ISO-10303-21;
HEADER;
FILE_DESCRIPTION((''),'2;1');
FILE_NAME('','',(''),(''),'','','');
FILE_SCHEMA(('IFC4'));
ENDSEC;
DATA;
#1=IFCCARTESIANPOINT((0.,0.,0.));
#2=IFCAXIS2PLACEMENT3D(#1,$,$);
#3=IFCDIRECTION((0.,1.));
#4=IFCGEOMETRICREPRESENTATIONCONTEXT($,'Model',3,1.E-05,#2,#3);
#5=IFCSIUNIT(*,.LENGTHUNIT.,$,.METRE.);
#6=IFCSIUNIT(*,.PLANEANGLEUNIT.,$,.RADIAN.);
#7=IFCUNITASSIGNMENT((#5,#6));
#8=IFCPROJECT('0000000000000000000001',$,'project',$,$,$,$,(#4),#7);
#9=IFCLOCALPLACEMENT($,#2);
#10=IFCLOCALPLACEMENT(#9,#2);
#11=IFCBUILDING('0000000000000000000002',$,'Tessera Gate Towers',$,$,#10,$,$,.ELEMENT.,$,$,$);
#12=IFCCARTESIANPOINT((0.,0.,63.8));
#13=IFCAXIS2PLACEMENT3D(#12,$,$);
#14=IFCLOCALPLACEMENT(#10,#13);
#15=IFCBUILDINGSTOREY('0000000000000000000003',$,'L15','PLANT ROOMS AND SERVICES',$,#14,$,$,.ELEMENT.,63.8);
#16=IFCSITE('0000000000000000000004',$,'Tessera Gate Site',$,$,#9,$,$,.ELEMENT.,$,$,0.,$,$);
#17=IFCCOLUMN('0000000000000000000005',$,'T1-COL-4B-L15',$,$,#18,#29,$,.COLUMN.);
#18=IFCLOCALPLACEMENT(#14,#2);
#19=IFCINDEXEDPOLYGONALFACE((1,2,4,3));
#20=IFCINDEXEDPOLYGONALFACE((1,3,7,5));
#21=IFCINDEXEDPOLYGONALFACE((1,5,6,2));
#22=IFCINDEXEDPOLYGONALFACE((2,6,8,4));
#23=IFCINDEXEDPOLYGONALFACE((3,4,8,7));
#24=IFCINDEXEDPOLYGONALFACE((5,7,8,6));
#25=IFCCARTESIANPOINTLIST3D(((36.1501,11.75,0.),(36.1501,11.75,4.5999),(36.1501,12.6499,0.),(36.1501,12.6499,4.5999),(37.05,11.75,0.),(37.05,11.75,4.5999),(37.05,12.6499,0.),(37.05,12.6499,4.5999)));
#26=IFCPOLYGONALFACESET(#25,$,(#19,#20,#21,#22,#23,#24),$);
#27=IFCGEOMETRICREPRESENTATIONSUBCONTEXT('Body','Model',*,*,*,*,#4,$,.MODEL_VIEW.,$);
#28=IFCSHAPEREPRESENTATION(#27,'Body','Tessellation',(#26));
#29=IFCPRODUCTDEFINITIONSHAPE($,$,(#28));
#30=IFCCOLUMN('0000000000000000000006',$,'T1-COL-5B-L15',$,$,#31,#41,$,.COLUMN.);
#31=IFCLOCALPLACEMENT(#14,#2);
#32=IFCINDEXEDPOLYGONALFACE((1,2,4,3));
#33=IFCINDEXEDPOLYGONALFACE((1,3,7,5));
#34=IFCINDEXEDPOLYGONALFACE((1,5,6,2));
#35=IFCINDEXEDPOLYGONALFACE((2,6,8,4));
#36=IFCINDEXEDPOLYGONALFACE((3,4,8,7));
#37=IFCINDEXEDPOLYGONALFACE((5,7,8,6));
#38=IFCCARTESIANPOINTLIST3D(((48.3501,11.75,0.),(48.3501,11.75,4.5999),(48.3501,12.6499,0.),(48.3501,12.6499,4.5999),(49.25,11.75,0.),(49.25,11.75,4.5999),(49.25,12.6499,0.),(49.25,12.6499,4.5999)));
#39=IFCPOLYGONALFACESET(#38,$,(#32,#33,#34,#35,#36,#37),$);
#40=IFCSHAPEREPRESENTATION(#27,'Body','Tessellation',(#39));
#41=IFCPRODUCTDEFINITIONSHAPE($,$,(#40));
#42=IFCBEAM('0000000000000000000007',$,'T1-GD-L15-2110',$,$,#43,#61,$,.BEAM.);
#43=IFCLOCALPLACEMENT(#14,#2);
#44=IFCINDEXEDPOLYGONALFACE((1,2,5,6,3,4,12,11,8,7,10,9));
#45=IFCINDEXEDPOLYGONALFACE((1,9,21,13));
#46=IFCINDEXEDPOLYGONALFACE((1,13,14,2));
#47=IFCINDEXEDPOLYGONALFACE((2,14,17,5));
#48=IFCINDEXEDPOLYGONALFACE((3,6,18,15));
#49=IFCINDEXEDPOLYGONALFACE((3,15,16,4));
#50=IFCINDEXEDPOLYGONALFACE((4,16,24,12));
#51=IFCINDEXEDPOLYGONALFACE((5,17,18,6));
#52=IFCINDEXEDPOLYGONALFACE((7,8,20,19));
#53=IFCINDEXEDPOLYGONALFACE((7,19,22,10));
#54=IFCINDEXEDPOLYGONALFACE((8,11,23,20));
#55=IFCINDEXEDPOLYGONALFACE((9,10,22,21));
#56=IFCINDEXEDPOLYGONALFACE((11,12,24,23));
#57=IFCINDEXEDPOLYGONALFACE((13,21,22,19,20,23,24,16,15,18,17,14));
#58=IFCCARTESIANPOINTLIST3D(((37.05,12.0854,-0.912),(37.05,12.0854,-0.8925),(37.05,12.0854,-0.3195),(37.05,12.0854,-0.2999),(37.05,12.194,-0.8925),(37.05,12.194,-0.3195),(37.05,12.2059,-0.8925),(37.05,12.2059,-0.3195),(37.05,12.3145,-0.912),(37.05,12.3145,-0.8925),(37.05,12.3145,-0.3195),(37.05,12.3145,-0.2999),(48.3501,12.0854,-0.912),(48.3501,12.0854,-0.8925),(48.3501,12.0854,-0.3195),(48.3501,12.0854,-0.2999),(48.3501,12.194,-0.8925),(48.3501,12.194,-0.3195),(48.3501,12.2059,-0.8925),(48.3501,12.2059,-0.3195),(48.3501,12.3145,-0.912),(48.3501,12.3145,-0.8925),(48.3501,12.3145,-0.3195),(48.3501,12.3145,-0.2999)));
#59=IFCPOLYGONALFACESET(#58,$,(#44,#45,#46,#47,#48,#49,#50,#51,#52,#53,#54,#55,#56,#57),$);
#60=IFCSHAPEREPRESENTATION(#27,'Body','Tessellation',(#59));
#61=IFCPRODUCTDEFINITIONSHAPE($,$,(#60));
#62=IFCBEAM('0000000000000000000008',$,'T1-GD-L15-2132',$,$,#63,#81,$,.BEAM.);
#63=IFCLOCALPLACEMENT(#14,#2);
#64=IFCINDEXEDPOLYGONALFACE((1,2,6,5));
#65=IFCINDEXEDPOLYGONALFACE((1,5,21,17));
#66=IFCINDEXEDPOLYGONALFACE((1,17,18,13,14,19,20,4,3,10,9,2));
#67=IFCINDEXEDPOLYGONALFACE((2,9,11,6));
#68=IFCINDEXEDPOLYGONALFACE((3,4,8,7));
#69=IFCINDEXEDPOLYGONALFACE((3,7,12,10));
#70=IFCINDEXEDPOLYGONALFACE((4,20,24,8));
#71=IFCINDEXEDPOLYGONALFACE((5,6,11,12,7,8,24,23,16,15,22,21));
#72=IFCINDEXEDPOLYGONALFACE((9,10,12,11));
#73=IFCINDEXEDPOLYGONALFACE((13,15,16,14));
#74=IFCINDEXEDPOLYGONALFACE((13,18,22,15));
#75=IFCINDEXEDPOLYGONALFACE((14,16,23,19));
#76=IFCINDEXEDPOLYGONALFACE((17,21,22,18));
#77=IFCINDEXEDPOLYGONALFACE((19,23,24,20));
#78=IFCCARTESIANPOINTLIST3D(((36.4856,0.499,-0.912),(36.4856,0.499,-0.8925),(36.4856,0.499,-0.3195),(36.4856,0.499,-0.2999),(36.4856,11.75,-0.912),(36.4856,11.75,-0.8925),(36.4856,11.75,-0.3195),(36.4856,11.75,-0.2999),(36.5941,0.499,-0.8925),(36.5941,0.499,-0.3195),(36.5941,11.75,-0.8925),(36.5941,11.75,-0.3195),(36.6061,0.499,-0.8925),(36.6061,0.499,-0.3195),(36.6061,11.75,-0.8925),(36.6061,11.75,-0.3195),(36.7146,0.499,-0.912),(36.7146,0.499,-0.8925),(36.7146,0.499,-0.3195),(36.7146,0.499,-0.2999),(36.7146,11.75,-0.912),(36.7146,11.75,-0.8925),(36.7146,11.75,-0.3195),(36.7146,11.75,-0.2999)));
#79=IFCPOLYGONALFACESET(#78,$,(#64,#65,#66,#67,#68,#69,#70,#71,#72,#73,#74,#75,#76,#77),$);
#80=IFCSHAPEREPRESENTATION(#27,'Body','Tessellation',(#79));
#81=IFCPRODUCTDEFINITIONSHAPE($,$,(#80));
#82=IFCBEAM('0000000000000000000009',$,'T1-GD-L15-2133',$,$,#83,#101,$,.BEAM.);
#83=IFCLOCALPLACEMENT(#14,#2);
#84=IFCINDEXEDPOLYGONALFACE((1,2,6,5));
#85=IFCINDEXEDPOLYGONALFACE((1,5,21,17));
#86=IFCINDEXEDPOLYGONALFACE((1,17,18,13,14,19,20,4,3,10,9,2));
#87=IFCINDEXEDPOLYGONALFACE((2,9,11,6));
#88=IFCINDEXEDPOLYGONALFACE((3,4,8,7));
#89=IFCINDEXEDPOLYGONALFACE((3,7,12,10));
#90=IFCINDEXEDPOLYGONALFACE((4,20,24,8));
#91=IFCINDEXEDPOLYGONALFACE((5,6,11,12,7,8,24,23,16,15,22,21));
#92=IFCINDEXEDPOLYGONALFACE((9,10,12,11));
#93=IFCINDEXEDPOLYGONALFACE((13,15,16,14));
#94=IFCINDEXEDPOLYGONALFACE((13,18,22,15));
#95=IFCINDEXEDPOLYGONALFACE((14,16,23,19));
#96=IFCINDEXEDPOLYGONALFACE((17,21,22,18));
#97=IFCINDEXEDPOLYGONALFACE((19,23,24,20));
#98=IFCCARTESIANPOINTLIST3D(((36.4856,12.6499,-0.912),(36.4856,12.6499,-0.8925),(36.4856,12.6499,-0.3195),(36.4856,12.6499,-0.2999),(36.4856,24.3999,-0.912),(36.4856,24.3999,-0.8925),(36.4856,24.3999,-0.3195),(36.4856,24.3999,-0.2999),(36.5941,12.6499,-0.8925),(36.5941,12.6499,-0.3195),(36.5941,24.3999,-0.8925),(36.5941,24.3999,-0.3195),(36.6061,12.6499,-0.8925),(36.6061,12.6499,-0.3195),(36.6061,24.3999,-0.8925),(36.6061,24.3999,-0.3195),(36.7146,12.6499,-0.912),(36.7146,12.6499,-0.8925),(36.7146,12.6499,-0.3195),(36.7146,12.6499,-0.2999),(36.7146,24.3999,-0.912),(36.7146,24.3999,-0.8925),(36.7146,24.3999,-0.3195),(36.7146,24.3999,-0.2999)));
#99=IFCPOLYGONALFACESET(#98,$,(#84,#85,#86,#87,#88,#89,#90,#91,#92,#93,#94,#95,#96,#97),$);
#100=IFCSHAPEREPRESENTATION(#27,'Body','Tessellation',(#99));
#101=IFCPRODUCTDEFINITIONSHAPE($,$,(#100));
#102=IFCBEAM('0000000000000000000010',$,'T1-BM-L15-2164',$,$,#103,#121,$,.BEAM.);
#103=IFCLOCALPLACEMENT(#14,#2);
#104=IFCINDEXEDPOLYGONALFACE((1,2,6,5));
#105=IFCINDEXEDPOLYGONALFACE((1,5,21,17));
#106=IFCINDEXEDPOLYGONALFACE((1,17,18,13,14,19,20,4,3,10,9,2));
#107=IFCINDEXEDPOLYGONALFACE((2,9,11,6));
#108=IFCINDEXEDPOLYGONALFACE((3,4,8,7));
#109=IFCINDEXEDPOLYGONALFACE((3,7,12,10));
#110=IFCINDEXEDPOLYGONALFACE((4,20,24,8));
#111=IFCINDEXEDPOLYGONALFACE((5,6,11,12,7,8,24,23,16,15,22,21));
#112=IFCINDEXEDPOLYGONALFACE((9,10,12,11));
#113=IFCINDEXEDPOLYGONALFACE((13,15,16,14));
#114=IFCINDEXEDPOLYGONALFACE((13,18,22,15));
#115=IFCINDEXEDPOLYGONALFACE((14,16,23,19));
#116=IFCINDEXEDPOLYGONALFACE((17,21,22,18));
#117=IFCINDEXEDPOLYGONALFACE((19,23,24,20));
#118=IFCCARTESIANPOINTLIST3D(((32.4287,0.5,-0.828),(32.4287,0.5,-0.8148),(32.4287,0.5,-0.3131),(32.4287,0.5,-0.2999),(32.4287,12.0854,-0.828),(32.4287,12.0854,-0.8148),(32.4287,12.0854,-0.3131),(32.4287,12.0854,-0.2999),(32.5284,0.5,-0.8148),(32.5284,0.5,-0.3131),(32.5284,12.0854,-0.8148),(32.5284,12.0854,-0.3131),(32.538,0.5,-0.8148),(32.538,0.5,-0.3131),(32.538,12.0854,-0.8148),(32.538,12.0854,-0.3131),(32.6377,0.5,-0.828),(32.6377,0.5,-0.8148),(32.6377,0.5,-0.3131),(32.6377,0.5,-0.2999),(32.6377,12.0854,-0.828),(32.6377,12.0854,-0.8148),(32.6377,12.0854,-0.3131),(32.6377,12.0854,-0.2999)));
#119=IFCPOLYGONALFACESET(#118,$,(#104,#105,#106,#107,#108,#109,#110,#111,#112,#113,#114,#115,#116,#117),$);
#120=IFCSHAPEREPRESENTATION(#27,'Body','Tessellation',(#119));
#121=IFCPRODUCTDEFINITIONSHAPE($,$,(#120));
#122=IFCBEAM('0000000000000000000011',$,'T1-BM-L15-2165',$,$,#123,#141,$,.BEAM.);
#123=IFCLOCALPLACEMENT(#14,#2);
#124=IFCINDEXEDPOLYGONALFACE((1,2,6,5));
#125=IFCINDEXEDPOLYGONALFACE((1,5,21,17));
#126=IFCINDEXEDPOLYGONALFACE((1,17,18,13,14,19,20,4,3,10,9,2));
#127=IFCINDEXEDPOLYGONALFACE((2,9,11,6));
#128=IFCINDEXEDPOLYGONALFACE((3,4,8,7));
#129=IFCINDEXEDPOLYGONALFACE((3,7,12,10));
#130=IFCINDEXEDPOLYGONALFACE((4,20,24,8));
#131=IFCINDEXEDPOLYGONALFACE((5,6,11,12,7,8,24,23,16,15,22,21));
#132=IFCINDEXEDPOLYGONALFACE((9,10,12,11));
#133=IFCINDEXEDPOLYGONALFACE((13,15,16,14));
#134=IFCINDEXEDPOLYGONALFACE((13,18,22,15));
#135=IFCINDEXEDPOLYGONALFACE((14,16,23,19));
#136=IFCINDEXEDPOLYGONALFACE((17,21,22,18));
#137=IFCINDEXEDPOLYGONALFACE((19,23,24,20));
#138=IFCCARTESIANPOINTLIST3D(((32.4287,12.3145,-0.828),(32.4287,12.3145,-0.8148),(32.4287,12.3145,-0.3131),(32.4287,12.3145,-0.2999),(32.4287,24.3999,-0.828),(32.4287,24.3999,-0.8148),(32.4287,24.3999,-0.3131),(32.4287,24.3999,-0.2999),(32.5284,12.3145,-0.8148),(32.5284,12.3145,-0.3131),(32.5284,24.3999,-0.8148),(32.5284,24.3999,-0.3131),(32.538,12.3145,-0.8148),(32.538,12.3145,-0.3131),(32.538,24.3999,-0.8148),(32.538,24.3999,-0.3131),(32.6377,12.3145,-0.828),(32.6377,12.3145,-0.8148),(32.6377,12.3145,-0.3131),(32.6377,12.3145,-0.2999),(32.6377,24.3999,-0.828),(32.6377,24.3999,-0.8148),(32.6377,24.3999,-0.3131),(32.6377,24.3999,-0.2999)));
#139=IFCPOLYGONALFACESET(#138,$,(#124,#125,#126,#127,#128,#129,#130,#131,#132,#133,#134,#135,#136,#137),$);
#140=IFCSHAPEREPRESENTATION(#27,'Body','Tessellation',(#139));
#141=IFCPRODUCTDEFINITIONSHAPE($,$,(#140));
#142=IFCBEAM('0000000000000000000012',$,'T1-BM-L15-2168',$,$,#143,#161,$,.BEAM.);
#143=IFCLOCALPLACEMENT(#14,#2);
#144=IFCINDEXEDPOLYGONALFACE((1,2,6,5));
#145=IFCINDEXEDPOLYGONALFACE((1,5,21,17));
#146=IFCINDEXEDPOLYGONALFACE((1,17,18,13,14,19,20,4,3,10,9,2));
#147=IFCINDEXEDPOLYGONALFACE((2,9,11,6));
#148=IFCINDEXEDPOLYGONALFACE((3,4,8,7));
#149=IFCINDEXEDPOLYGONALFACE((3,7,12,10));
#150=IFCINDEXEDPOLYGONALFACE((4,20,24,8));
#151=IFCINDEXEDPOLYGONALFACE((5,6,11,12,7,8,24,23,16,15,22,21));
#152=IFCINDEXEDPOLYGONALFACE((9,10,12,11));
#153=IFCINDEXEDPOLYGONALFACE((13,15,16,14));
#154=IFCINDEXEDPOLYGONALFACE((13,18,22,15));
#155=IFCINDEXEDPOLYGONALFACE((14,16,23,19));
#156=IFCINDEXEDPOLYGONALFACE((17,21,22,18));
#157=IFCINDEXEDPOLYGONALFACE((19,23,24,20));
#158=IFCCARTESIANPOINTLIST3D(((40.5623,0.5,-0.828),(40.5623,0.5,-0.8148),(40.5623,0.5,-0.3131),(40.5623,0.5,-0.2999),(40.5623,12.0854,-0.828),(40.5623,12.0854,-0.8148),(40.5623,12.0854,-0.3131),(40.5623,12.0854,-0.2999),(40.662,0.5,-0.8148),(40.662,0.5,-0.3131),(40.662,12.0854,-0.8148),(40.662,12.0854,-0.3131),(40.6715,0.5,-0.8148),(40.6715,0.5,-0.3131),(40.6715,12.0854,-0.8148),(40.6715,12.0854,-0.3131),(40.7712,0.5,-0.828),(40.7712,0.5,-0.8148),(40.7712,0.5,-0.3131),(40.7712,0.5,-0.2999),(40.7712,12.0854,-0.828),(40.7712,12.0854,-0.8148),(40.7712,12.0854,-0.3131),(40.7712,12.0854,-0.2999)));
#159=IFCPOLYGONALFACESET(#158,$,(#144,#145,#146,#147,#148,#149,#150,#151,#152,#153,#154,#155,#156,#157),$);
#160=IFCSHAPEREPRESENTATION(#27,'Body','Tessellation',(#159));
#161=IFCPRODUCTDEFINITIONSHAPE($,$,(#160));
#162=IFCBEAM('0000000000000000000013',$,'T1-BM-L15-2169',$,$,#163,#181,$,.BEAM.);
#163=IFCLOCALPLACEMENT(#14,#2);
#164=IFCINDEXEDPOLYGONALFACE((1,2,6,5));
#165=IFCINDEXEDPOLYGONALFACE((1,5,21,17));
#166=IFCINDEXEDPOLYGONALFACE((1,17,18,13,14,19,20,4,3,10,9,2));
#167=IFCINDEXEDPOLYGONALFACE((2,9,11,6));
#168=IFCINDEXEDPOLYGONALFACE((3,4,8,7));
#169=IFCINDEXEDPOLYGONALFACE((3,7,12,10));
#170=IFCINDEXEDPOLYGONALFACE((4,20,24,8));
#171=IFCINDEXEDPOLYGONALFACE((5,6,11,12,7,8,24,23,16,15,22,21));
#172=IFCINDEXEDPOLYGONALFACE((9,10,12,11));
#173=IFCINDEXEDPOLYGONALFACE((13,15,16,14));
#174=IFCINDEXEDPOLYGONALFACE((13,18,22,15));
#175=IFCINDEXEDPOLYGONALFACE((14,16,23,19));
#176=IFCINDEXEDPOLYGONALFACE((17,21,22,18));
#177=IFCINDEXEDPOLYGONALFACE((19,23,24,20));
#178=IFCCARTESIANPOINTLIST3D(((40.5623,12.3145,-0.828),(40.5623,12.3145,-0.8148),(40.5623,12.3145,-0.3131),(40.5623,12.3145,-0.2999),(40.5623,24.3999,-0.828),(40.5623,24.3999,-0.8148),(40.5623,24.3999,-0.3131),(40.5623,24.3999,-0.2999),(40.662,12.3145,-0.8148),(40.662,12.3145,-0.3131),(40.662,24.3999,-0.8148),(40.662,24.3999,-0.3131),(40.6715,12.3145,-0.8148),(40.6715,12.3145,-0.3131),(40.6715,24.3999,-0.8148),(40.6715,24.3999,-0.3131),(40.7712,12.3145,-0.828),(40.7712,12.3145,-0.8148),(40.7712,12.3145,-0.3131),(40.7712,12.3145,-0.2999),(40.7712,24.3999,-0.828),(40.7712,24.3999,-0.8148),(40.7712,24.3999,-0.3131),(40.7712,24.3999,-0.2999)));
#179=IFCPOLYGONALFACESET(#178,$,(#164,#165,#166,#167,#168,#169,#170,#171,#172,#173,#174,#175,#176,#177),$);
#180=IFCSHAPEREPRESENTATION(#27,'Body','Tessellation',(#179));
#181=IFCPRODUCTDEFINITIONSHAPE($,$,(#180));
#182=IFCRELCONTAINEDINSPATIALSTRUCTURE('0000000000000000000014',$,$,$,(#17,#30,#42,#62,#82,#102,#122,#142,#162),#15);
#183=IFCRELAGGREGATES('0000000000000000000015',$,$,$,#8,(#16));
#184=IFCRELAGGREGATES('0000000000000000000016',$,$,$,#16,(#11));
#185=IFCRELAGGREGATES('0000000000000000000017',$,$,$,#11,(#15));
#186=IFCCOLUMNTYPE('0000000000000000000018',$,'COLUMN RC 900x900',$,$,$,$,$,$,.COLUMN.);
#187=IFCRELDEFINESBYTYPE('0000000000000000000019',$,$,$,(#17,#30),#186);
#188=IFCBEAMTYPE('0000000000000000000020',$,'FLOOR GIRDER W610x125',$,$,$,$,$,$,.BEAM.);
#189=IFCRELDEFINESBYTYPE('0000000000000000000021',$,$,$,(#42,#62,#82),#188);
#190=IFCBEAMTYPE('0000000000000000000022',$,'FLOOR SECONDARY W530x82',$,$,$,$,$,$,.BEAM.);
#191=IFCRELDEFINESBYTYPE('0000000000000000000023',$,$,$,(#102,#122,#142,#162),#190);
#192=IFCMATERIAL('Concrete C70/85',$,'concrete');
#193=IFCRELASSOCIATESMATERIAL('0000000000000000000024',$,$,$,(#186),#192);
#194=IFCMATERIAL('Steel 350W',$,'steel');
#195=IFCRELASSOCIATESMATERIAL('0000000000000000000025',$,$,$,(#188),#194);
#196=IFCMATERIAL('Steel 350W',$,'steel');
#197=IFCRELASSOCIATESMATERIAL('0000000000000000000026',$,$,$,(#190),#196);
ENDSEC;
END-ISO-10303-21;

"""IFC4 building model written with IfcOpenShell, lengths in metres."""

from ifc_helpers import new_model, si_unit, direction, frame, origin, origin_2d, place, context, subcontext, project, spatial, rectangle, i_section, extrude, material, material_profile, profile_set, type_object, element, save


model = new_model("IFC4")

# Units and contexts
model_context = context("Model", 3, precision=1e-05, world=origin(), true_north=direction((0.0, 1.0)))
body_context = subcontext(model_context, "Body", "Model", "MODEL_VIEW")
ifc_project = project(units=[si_unit("LENGTHUNIT", "METRE"), si_unit("PLANEANGLEUNIT", "RADIAN")], contexts=[model_context])

# Site, building, storey
site_placement = place(None, origin())
site = spatial("IfcSite", under=ifc_project, at=site_placement, Name="Tessera Gate Site", CompositionType="ELEMENT", RefElevation=0.0)
building_placement = place(site_placement, origin())
building = spatial("IfcBuilding", under=site, at=building_placement, Name="Tessera Gate Towers", CompositionType="ELEMENT")
storey_placement = place(building_placement, frame((0.0, 0.0, 63.8)))
storey = spatial("IfcBuildingStorey", under=building, at=storey_placement, Name="L15", Description="PLANT ROOMS AND SERVICES", CompositionType="ELEMENT", Elevation=63.8)

# Columns
ifc_material_1 = material(Name="Concrete C70/85", Category="concrete")
ifc_material_profile_1 = material_profile(ifc_material_1, rectangle(XDim=0.8999, YDim=0.8999, at=origin_2d()), Name="RC 900x900")
ifc_profile_set_1 = profile_set([ifc_material_profile_1], Name="Concrete C70/85")
column_type = type_object("IfcColumnType", Name="COLUMN RC 900x900", PredefinedType="COLUMN", material=ifc_profile_set_1)
for number, where, z_axis, x_axis, name in (
    (1, (36.6001, 12.2, 0.0), (0.0, 0.0, 1.0), (1.0, 0.0, 0.0), "T1-COL-4B-L15"),
    (2, (48.8, 12.2, 0.0), (0.0, 0.0, 1.0), (1.0, 0.0, 0.0), "T1-COL-5B-L15"),
):
    element("IfcColumn", number, at=place(storey_placement, frame(where, z_axis=z_axis, x_axis=x_axis)), inside=storey, type_object=column_type, Name=name, PredefinedType="COLUMN", context=body_context, shape_type="SweptSolid", body=[
        extrude(rectangle(XDim=0.8999, YDim=0.8999, at=origin_2d()), origin(), (0.0, 0.0, 1.0), 4.5999),
    ])

# Beams
ifc_material_2 = material(Name="Steel 350W", Category="steel")
ifc_material_profile_2 = material_profile(ifc_material_2, i_section(OverallWidth=0.229, OverallDepth=0.6121, WebThickness=0.012, FlangeThickness=0.0195, at=origin_2d()), Name="W610x125")
ifc_profile_set_2 = profile_set([ifc_material_profile_2], Name="Steel 350W")
beam_type_1 = type_object("IfcBeamType", Name="FLOOR GIRDER W610x125", PredefinedType="BEAM", material=ifc_profile_set_2)
beam_1_placement = place(storey_placement, frame((37.05, 12.2, -0.606), z_axis=(1.0, 0.0, 0.0), x_axis=(0.0, 1.0, 0.0)))
element("IfcBeam", 3, at=beam_1_placement, inside=storey, type_object=beam_type_1, Name="T1-GD-L15-2110", PredefinedType="BEAM", context=body_context, shape_type="SweptSolid", body=[
    extrude(i_section(OverallWidth=0.229, OverallDepth=0.6121, WebThickness=0.012, FlangeThickness=0.0195, at=origin_2d()), origin(), (0.0, 0.0, 1.0), 11.3),
])
beam_2_placement = place(storey_placement, frame((36.6001, 0.499, -0.606), z_axis=(0.0, 1.0, 0.0), x_axis=(-1.0, 0.0, 0.0)))
element("IfcBeam", 4, at=beam_2_placement, inside=storey, type_object=beam_type_1, Name="T1-GD-L15-2132", PredefinedType="BEAM", context=body_context, shape_type="SweptSolid", body=[
    extrude(i_section(OverallWidth=0.229, OverallDepth=0.6121, WebThickness=0.012, FlangeThickness=0.0195, at=origin_2d()), origin(), (0.0, 0.0, 1.0), 11.251),
])
beam_3_placement = place(storey_placement, frame((36.6001, 12.6499, -0.606), z_axis=(0.0, 1.0, 0.0), x_axis=(-1.0, 0.0, 0.0)))
element("IfcBeam", 5, at=beam_3_placement, inside=storey, type_object=beam_type_1, Name="T1-GD-L15-2133", PredefinedType="BEAM", context=body_context, shape_type="SweptSolid", body=[
    extrude(i_section(OverallWidth=0.229, OverallDepth=0.6121, WebThickness=0.012, FlangeThickness=0.0195, at=origin_2d()), origin(), (0.0, 0.0, 1.0), 11.75),
])
ifc_material_3 = material(Name="Steel 350W", Category="steel")
ifc_material_profile_3 = material_profile(ifc_material_3, i_section(OverallWidth=0.209, OverallDepth=0.5281, WebThickness=0.0095, FlangeThickness=0.0132, at=origin_2d()), Name="W530x82")
ifc_profile_set_3 = profile_set([ifc_material_profile_3], Name="Steel 350W")
beam_type_2 = type_object("IfcBeamType", Name="FLOOR SECONDARY W530x82", PredefinedType="BEAM", material=ifc_profile_set_3)
beam_4_placement = place(storey_placement, frame((32.5332, 0.5, -0.564), z_axis=(0.0, 1.0, 0.0), x_axis=(-1.0, 0.0, 0.0)))
element("IfcBeam", 6, at=beam_4_placement, inside=storey, type_object=beam_type_2, Name="T1-BM-L15-2164", PredefinedType="BEAM", context=body_context, shape_type="SweptSolid", body=[
    extrude(i_section(OverallWidth=0.209, OverallDepth=0.5281, WebThickness=0.0095, FlangeThickness=0.0132, at=origin_2d()), origin(), (0.0, 0.0, 1.0), 11.5854),
])
beam_5_placement = place(storey_placement, frame((32.5332, 12.3145, -0.564), z_axis=(0.0, 1.0, 0.0), x_axis=(-1.0, 0.0, 0.0)))
element("IfcBeam", 7, at=beam_5_placement, inside=storey, type_object=beam_type_2, Name="T1-BM-L15-2165", PredefinedType="BEAM", context=body_context, shape_type="SweptSolid", body=[
    extrude(i_section(OverallWidth=0.209, OverallDepth=0.5281, WebThickness=0.0095, FlangeThickness=0.0132, at=origin_2d()), origin(), (0.0, 0.0, 1.0), 12.0854),
])
beam_6_placement = place(storey_placement, frame((40.6667, 0.5, -0.564), z_axis=(0.0, 1.0, 0.0), x_axis=(-1.0, 0.0, 0.0)))
element("IfcBeam", 8, at=beam_6_placement, inside=storey, type_object=beam_type_2, Name="T1-BM-L15-2168", PredefinedType="BEAM", context=body_context, shape_type="SweptSolid", body=[
    extrude(i_section(OverallWidth=0.209, OverallDepth=0.5281, WebThickness=0.0095, FlangeThickness=0.0132, at=origin_2d()), origin(), (0.0, 0.0, 1.0), 11.5854),
])
beam_7_placement = place(storey_placement, frame((40.6667, 12.3145, -0.564), z_axis=(0.0, 1.0, 0.0), x_axis=(-1.0, 0.0, 0.0)))
element("IfcBeam", 9, at=beam_7_placement, inside=storey, type_object=beam_type_2, Name="T1-BM-L15-2169", PredefinedType="BEAM", context=body_context, shape_type="SweptSolid", body=[
    extrude(i_section(OverallWidth=0.209, OverallDepth=0.5281, WebThickness=0.0095, FlangeThickness=0.0132, at=origin_2d()), origin(), (0.0, 0.0, 1.0), 12.0854),
])

save(model, "model.ifc")
